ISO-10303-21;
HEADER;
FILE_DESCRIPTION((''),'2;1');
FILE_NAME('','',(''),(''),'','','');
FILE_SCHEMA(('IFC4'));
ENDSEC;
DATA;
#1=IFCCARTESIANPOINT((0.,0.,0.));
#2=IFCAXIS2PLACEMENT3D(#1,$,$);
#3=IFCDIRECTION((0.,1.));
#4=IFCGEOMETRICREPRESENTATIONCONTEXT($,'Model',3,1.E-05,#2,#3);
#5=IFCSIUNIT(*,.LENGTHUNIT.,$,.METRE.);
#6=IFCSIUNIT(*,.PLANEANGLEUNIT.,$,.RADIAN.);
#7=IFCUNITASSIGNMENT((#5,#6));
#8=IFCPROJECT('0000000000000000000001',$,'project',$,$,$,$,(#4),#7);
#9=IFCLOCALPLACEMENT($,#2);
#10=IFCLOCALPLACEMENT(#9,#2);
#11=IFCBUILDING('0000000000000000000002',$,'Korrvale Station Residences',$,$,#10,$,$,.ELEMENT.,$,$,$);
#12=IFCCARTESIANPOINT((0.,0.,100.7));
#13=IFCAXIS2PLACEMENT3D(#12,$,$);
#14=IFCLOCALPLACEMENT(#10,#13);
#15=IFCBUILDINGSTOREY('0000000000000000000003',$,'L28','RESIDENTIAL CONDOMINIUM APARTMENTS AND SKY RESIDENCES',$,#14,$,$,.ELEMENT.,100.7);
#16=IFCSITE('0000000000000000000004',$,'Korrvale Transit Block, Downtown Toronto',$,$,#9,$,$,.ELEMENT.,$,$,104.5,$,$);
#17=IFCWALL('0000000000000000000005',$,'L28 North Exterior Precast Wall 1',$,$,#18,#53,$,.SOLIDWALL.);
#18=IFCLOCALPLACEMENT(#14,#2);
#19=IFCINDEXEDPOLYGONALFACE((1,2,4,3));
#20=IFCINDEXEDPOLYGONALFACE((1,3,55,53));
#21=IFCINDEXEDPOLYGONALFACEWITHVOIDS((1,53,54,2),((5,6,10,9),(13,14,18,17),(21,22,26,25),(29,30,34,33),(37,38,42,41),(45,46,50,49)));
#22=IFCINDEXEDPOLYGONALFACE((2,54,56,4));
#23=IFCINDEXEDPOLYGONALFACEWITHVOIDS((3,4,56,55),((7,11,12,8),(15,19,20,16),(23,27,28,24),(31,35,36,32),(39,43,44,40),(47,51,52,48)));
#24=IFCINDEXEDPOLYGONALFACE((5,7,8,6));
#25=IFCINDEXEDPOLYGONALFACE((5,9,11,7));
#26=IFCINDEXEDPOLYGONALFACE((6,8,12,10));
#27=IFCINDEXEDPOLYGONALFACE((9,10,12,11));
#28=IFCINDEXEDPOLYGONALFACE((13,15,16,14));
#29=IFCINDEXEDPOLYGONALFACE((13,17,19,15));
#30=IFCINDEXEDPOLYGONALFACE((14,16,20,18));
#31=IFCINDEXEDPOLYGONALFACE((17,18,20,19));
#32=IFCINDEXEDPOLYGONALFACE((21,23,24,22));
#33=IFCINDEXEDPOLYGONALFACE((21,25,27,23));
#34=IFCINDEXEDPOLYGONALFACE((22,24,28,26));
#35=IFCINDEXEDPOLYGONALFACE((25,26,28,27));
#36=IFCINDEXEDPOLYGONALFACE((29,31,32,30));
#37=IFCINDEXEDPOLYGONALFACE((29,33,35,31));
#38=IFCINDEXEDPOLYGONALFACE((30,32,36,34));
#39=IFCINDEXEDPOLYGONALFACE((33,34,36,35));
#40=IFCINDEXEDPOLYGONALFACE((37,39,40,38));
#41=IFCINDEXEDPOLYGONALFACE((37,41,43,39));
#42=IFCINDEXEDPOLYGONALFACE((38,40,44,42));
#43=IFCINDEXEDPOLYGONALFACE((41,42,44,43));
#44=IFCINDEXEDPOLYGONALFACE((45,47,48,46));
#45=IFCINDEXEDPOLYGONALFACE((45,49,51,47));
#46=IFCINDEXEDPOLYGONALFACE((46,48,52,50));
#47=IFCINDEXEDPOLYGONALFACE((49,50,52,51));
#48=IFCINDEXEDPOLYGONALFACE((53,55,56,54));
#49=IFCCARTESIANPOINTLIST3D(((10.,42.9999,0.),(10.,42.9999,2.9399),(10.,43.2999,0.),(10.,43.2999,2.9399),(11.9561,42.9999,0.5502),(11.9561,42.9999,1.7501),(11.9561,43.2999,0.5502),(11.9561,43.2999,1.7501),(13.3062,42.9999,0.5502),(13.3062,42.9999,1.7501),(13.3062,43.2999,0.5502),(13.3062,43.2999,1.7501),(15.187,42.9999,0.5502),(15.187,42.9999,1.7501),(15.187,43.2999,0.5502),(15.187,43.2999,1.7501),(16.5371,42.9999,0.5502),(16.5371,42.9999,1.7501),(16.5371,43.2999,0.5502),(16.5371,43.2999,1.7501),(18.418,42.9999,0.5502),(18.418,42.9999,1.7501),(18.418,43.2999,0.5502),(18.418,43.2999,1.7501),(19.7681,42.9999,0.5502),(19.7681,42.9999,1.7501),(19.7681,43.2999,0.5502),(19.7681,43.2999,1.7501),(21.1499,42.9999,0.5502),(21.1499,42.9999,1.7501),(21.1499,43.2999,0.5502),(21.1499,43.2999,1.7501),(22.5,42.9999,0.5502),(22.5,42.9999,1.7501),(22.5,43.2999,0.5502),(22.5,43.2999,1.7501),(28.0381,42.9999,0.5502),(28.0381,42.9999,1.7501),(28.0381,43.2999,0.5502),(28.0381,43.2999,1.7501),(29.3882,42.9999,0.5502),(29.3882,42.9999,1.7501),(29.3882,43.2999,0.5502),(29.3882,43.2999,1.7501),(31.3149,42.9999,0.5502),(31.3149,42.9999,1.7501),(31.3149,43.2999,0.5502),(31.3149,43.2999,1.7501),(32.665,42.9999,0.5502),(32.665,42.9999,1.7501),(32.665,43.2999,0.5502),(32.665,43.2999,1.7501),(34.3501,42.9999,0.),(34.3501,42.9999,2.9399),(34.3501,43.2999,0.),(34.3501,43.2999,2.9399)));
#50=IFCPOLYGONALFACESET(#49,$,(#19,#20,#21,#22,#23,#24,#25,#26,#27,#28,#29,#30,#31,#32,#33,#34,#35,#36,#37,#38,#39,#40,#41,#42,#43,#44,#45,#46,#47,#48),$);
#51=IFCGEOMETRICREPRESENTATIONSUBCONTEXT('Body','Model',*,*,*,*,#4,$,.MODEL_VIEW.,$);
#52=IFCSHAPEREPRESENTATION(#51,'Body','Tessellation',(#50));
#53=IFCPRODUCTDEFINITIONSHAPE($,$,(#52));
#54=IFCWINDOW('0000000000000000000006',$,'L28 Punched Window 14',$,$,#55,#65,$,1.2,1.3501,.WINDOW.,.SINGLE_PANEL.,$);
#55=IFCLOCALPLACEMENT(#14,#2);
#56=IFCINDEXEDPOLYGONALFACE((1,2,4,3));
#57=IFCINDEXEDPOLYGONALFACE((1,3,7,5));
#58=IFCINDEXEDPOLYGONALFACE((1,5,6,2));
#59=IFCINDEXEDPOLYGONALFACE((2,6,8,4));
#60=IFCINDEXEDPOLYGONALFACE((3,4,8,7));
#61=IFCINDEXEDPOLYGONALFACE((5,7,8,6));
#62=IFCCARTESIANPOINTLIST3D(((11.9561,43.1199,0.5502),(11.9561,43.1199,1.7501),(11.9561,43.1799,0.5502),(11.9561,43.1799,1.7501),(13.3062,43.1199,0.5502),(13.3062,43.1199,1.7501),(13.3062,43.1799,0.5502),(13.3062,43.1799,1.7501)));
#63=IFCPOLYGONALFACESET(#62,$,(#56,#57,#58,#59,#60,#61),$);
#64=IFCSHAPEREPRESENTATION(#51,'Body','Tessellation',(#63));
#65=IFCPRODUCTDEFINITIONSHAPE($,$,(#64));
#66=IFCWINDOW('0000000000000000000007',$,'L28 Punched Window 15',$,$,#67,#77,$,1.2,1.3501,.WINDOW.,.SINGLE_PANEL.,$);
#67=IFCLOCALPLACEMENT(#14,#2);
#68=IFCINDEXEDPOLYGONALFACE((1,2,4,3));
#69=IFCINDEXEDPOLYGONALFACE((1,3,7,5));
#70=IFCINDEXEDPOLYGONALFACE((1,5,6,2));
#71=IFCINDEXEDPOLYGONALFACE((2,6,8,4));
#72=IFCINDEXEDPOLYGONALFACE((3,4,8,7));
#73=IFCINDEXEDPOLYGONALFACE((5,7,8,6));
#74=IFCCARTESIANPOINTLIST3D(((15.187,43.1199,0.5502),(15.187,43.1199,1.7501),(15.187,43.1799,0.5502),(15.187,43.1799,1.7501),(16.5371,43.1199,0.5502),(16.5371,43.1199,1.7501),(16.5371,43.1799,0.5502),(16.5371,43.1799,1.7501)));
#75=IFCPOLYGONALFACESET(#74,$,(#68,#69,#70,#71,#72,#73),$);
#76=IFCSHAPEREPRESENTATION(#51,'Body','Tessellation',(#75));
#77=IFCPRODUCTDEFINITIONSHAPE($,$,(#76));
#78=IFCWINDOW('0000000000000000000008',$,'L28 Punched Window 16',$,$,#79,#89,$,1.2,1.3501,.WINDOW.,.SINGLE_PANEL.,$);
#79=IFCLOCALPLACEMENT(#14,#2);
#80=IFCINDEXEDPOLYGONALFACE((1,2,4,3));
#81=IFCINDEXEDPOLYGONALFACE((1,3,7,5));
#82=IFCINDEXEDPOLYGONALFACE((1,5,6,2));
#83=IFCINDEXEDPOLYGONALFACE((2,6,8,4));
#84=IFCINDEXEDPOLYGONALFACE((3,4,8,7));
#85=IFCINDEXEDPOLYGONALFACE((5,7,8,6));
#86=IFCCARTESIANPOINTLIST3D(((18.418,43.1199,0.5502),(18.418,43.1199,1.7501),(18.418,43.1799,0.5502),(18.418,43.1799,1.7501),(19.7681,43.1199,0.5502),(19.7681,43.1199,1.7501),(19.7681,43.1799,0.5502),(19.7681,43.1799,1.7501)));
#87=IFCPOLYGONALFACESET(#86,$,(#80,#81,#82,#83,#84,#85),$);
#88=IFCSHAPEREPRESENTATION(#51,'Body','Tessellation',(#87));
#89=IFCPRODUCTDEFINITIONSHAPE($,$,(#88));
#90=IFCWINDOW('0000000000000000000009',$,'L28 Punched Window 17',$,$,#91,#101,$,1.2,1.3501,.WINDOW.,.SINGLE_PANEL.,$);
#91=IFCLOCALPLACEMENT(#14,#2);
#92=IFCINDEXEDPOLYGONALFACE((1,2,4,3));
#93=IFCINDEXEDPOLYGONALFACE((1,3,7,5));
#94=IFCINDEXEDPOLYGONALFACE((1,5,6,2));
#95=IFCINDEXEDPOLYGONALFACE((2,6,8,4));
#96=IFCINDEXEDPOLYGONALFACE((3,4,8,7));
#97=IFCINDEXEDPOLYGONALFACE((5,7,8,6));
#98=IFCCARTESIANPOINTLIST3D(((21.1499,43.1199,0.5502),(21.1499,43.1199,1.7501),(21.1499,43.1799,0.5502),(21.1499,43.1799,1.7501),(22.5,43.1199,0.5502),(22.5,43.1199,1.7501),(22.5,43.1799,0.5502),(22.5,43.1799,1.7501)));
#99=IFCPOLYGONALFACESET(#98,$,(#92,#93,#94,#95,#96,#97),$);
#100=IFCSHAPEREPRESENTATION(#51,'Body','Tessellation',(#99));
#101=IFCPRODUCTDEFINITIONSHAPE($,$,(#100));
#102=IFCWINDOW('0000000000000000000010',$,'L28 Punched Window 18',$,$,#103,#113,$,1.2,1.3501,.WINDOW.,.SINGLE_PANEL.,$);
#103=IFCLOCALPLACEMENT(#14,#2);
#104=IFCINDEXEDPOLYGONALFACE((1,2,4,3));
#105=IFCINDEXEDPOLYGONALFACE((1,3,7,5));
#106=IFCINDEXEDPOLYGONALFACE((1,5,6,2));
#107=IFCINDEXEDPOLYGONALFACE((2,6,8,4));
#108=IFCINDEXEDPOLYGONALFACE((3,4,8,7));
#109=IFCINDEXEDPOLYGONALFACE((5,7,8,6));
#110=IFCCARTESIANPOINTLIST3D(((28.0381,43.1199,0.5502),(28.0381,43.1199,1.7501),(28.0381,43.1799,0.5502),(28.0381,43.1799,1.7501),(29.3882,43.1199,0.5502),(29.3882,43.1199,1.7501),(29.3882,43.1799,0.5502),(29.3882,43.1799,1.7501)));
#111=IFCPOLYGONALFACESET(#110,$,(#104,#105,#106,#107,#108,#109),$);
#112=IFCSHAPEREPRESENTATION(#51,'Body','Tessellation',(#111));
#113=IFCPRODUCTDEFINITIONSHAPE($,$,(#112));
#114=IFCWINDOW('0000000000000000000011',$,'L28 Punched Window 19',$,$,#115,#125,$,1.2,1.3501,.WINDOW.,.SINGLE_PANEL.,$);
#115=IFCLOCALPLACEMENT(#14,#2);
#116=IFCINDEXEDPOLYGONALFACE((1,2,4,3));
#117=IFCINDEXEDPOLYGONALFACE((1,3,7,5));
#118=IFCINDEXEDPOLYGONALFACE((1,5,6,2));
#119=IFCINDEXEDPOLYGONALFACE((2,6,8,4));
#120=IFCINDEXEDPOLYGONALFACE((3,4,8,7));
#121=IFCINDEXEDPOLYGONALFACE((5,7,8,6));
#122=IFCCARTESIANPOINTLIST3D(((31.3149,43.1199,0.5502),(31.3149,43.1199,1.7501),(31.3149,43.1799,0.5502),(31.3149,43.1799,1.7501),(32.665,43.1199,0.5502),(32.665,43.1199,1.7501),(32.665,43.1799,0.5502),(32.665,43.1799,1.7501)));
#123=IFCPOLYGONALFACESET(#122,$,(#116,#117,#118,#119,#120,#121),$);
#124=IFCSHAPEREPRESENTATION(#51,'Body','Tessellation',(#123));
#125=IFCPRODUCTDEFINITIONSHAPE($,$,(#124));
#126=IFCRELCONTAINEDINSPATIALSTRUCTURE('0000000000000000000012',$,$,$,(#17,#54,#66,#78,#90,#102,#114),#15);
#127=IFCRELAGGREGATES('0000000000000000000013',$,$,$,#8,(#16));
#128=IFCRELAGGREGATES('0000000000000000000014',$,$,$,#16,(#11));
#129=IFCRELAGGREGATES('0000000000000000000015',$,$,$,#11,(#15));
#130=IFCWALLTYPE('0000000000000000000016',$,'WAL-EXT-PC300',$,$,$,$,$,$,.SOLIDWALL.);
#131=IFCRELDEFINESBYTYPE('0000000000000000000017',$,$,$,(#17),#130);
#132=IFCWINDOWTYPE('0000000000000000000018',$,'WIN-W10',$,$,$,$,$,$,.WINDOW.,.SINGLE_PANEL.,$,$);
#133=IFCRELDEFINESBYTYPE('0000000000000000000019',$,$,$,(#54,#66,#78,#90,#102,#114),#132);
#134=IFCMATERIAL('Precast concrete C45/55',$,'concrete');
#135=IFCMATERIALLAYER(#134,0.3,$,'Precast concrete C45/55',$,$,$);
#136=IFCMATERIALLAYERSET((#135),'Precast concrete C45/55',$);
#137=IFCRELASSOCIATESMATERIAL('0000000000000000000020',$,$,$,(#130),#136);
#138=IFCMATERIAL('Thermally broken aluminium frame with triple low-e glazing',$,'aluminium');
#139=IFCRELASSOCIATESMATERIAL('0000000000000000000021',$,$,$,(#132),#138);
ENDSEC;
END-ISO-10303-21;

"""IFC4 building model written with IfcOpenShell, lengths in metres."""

from ifc_helpers import new_model, si_unit, direction, frame, frame_2d, origin, place, context, subcontext, project, spatial, rectangle, extrude, material, layer, layer_set, type_object, element, fill, save


model = new_model("IFC4")

# Units and contexts
model_context = context("Model", 3, precision=1e-05, world=origin(), true_north=direction((0.0, 1.0)))
body_context = subcontext(model_context, "Body", "Model", "MODEL_VIEW")
ifc_project = project(units=[si_unit("LENGTHUNIT", "METRE"), si_unit("PLANEANGLEUNIT", "RADIAN")], contexts=[model_context])

# Site, building, storey
site_placement = place(None, origin())
site = spatial("IfcSite", under=ifc_project, at=site_placement, Name="Korrvale Transit Block, Downtown Toronto", CompositionType="ELEMENT", RefElevation=104.5)
building_placement = place(site_placement, origin())
building = spatial("IfcBuilding", under=site, at=building_placement, Name="Korrvale Station Residences", CompositionType="ELEMENT")
storey_placement = place(building_placement, frame((0.0, 0.0, 100.7)))
storey = spatial("IfcBuildingStorey", under=building, at=storey_placement, Name="L28", Description="RESIDENTIAL CONDOMINIUM APARTMENTS AND SKY RESIDENCES", CompositionType="ELEMENT", Elevation=100.7)

# Shared definitions
ifc_material_1 = material(Name="Precast concrete C45/55", Category="concrete")

# Wall, openings, windows
ifc_layer_1 = layer(ifc_material_1, 0.3, Name="Precast concrete C45/55")
ifc_layer_set_1 = layer_set([ifc_layer_1], Name="Precast concrete C45/55")
wall_type_1 = type_object("IfcWallType", Name="WAL-EXT-PC300", PredefinedType="SOLIDWALL", material=ifc_layer_set_1)
wall_1_placement = place(storey_placement, frame((10.0, 43.1499, 0.0), z_axis=(0.0, 0.0, 1.0), x_axis=(1.0, 0.0, 0.0)))
wall_1 = element("IfcWall", 1, at=wall_1_placement, inside=storey, type_object=wall_type_1, Name="L28 North Exterior Precast Wall 1", PredefinedType="SOLIDWALL", context=body_context, shape_type="SweptSolid", body=[
    extrude(rectangle(XDim=24.3501, YDim=0.3, at=frame_2d((12.175, 0.0))), origin(), (0.0, 0.0, 1.0), 2.9399),
])
opening_1_placement = place(wall_1_placement, frame((1.9561, 0.0, 0.55)))
opening_1 = element("IfcOpeningElement", 2, at=opening_1_placement, cuts=wall_1, PredefinedType="OPENING", context=body_context, shape_type="SweptSolid", body=[
    extrude(rectangle(XDim=1.3501, YDim=1.2, at=frame_2d((0.675, 0.6001))), frame((0.0, 0.1602, 0.0), z_axis=(0.0, -1.0, 0.0), x_axis=(1.0, 0.0, 0.0)), (0.0, 0.0, 1.0), 0.3201),
])
opening_2_placement = place(wall_1_placement, frame((5.187, 0.0, 0.55)))
opening_2 = element("IfcOpeningElement", 3, at=opening_2_placement, cuts=wall_1, PredefinedType="OPENING", context=body_context, shape_type="SweptSolid", body=[
    extrude(rectangle(XDim=1.3501, YDim=1.2, at=frame_2d((0.675, 0.6001))), frame((0.0, 0.1602, 0.0), z_axis=(0.0, -1.0, 0.0), x_axis=(1.0, 0.0, 0.0)), (0.0, 0.0, 1.0), 0.3201),
])
opening_3_placement = place(wall_1_placement, frame((8.418, 0.0, 0.55)))
opening_3 = element("IfcOpeningElement", 4, at=opening_3_placement, cuts=wall_1, PredefinedType="OPENING", context=body_context, shape_type="SweptSolid", body=[
    extrude(rectangle(XDim=1.3501, YDim=1.2, at=frame_2d((0.675, 0.6001))), frame((0.0, 0.1602, 0.0), z_axis=(0.0, -1.0, 0.0), x_axis=(1.0, 0.0, 0.0)), (0.0, 0.0, 1.0), 0.3201),
])
opening_4_placement = place(wall_1_placement, frame((11.1499, 0.0, 0.55)))
opening_4 = element("IfcOpeningElement", 5, at=opening_4_placement, cuts=wall_1, PredefinedType="OPENING", context=body_context, shape_type="SweptSolid", body=[
    extrude(rectangle(XDim=1.3501, YDim=1.2, at=frame_2d((0.675, 0.6001))), frame((0.0, 0.1602, 0.0), z_axis=(0.0, -1.0, 0.0), x_axis=(1.0, 0.0, 0.0)), (0.0, 0.0, 1.0), 0.3201),
])
opening_5_placement = place(wall_1_placement, frame((18.0381, 0.0, 0.55)))
opening_5 = element("IfcOpeningElement", 6, at=opening_5_placement, cuts=wall_1, PredefinedType="OPENING", context=body_context, shape_type="SweptSolid", body=[
    extrude(rectangle(XDim=1.3501, YDim=1.2, at=frame_2d((0.675, 0.6001))), frame((0.0, 0.1602, 0.0), z_axis=(0.0, -1.0, 0.0), x_axis=(1.0, 0.0, 0.0)), (0.0, 0.0, 1.0), 0.3201),
])
opening_6_placement = place(wall_1_placement, frame((21.3149, 0.0, 0.55)))
opening_6 = element("IfcOpeningElement", 7, at=opening_6_placement, cuts=wall_1, PredefinedType="OPENING", context=body_context, shape_type="SweptSolid", body=[
    extrude(rectangle(XDim=1.3501, YDim=1.2, at=frame_2d((0.675, 0.6001))), frame((0.0, 0.1602, 0.0), z_axis=(0.0, -1.0, 0.0), x_axis=(1.0, 0.0, 0.0)), (0.0, 0.0, 1.0), 0.3201),
])
ifc_material_2 = material(Name="Thermally broken aluminium frame with triple low-e glazing", Category="aluminium")
window_type = type_object("IfcWindowType", Name="WIN-W10", PartitioningType="SINGLE_PANEL", PredefinedType="WINDOW", material=ifc_material_2)
window_1_placement = place(opening_1_placement, origin())
window_1 = element("IfcWindow", 8, at=window_1_placement, inside=storey, type_object=window_type, Name="L28 Punched Window 14", OverallHeight=1.2, OverallWidth=1.3501, PartitioningType="SINGLE_PANEL", PredefinedType="WINDOW", context=body_context, shape_type="SweptSolid", body=[
    extrude(rectangle(XDim=1.3501, YDim=1.2, at=frame_2d((0.675, 0.6001))), frame((0.0, 0.03, 0.0), z_axis=(0.0, -1.0, 0.0), x_axis=(1.0, 0.0, 0.0)), (0.0, 0.0, 1.0), 0.0601),
])
fill(opening_1, window_1)
window_2_placement = place(opening_2_placement, origin())
window_2 = element("IfcWindow", 9, at=window_2_placement, inside=storey, type_object=window_type, Name="L28 Punched Window 15", OverallHeight=1.2, OverallWidth=1.3501, PartitioningType="SINGLE_PANEL", PredefinedType="WINDOW", context=body_context, shape_type="SweptSolid", body=[
    extrude(rectangle(XDim=1.3501, YDim=1.2, at=frame_2d((0.675, 0.6001))), frame((0.0, 0.03, 0.0), z_axis=(0.0, -1.0, 0.0), x_axis=(1.0, 0.0, 0.0)), (0.0, 0.0, 1.0), 0.0601),
])
fill(opening_2, window_2)
window_3_placement = place(opening_3_placement, origin())
window_3 = element("IfcWindow", 10, at=window_3_placement, inside=storey, type_object=window_type, Name="L28 Punched Window 16", OverallHeight=1.2, OverallWidth=1.3501, PartitioningType="SINGLE_PANEL", PredefinedType="WINDOW", context=body_context, shape_type="SweptSolid", body=[
    extrude(rectangle(XDim=1.3501, YDim=1.2, at=frame_2d((0.675, 0.6001))), frame((0.0, 0.03, 0.0), z_axis=(0.0, -1.0, 0.0), x_axis=(1.0, 0.0, 0.0)), (0.0, 0.0, 1.0), 0.0601),
])
fill(opening_3, window_3)
window_4_placement = place(opening_4_placement, origin())
window_4 = element("IfcWindow", 11, at=window_4_placement, inside=storey, type_object=window_type, Name="L28 Punched Window 17", OverallHeight=1.2, OverallWidth=1.3501, PartitioningType="SINGLE_PANEL", PredefinedType="WINDOW", context=body_context, shape_type="SweptSolid", body=[
    extrude(rectangle(XDim=1.3501, YDim=1.2, at=frame_2d((0.675, 0.6001))), frame((0.0, 0.03, 0.0), z_axis=(0.0, -1.0, 0.0), x_axis=(1.0, 0.0, 0.0)), (0.0, 0.0, 1.0), 0.0601),
])
fill(opening_4, window_4)
window_5_placement = place(opening_5_placement, origin())
window_5 = element("IfcWindow", 12, at=window_5_placement, inside=storey, type_object=window_type, Name="L28 Punched Window 18", OverallHeight=1.2, OverallWidth=1.3501, PartitioningType="SINGLE_PANEL", PredefinedType="WINDOW", context=body_context, shape_type="SweptSolid", body=[
    extrude(rectangle(XDim=1.3501, YDim=1.2, at=frame_2d((0.675, 0.6001))), frame((0.0, 0.03, 0.0), z_axis=(0.0, -1.0, 0.0), x_axis=(1.0, 0.0, 0.0)), (0.0, 0.0, 1.0), 0.0601),
])
fill(opening_5, window_5)
window_6_placement = place(opening_6_placement, origin())
window_6 = element("IfcWindow", 13, at=window_6_placement, inside=storey, type_object=window_type, Name="L28 Punched Window 19", OverallHeight=1.2, OverallWidth=1.3501, PartitioningType="SINGLE_PANEL", PredefinedType="WINDOW", context=body_context, shape_type="SweptSolid", body=[
    extrude(rectangle(XDim=1.3501, YDim=1.2, at=frame_2d((0.675, 0.6001))), frame((0.0, 0.03, 0.0), z_axis=(0.0, -1.0, 0.0), x_axis=(1.0, 0.0, 0.0)), (0.0, 0.0, 1.0), 0.0601),
])
fill(opening_6, window_6)

save(model, "model.ifc")
